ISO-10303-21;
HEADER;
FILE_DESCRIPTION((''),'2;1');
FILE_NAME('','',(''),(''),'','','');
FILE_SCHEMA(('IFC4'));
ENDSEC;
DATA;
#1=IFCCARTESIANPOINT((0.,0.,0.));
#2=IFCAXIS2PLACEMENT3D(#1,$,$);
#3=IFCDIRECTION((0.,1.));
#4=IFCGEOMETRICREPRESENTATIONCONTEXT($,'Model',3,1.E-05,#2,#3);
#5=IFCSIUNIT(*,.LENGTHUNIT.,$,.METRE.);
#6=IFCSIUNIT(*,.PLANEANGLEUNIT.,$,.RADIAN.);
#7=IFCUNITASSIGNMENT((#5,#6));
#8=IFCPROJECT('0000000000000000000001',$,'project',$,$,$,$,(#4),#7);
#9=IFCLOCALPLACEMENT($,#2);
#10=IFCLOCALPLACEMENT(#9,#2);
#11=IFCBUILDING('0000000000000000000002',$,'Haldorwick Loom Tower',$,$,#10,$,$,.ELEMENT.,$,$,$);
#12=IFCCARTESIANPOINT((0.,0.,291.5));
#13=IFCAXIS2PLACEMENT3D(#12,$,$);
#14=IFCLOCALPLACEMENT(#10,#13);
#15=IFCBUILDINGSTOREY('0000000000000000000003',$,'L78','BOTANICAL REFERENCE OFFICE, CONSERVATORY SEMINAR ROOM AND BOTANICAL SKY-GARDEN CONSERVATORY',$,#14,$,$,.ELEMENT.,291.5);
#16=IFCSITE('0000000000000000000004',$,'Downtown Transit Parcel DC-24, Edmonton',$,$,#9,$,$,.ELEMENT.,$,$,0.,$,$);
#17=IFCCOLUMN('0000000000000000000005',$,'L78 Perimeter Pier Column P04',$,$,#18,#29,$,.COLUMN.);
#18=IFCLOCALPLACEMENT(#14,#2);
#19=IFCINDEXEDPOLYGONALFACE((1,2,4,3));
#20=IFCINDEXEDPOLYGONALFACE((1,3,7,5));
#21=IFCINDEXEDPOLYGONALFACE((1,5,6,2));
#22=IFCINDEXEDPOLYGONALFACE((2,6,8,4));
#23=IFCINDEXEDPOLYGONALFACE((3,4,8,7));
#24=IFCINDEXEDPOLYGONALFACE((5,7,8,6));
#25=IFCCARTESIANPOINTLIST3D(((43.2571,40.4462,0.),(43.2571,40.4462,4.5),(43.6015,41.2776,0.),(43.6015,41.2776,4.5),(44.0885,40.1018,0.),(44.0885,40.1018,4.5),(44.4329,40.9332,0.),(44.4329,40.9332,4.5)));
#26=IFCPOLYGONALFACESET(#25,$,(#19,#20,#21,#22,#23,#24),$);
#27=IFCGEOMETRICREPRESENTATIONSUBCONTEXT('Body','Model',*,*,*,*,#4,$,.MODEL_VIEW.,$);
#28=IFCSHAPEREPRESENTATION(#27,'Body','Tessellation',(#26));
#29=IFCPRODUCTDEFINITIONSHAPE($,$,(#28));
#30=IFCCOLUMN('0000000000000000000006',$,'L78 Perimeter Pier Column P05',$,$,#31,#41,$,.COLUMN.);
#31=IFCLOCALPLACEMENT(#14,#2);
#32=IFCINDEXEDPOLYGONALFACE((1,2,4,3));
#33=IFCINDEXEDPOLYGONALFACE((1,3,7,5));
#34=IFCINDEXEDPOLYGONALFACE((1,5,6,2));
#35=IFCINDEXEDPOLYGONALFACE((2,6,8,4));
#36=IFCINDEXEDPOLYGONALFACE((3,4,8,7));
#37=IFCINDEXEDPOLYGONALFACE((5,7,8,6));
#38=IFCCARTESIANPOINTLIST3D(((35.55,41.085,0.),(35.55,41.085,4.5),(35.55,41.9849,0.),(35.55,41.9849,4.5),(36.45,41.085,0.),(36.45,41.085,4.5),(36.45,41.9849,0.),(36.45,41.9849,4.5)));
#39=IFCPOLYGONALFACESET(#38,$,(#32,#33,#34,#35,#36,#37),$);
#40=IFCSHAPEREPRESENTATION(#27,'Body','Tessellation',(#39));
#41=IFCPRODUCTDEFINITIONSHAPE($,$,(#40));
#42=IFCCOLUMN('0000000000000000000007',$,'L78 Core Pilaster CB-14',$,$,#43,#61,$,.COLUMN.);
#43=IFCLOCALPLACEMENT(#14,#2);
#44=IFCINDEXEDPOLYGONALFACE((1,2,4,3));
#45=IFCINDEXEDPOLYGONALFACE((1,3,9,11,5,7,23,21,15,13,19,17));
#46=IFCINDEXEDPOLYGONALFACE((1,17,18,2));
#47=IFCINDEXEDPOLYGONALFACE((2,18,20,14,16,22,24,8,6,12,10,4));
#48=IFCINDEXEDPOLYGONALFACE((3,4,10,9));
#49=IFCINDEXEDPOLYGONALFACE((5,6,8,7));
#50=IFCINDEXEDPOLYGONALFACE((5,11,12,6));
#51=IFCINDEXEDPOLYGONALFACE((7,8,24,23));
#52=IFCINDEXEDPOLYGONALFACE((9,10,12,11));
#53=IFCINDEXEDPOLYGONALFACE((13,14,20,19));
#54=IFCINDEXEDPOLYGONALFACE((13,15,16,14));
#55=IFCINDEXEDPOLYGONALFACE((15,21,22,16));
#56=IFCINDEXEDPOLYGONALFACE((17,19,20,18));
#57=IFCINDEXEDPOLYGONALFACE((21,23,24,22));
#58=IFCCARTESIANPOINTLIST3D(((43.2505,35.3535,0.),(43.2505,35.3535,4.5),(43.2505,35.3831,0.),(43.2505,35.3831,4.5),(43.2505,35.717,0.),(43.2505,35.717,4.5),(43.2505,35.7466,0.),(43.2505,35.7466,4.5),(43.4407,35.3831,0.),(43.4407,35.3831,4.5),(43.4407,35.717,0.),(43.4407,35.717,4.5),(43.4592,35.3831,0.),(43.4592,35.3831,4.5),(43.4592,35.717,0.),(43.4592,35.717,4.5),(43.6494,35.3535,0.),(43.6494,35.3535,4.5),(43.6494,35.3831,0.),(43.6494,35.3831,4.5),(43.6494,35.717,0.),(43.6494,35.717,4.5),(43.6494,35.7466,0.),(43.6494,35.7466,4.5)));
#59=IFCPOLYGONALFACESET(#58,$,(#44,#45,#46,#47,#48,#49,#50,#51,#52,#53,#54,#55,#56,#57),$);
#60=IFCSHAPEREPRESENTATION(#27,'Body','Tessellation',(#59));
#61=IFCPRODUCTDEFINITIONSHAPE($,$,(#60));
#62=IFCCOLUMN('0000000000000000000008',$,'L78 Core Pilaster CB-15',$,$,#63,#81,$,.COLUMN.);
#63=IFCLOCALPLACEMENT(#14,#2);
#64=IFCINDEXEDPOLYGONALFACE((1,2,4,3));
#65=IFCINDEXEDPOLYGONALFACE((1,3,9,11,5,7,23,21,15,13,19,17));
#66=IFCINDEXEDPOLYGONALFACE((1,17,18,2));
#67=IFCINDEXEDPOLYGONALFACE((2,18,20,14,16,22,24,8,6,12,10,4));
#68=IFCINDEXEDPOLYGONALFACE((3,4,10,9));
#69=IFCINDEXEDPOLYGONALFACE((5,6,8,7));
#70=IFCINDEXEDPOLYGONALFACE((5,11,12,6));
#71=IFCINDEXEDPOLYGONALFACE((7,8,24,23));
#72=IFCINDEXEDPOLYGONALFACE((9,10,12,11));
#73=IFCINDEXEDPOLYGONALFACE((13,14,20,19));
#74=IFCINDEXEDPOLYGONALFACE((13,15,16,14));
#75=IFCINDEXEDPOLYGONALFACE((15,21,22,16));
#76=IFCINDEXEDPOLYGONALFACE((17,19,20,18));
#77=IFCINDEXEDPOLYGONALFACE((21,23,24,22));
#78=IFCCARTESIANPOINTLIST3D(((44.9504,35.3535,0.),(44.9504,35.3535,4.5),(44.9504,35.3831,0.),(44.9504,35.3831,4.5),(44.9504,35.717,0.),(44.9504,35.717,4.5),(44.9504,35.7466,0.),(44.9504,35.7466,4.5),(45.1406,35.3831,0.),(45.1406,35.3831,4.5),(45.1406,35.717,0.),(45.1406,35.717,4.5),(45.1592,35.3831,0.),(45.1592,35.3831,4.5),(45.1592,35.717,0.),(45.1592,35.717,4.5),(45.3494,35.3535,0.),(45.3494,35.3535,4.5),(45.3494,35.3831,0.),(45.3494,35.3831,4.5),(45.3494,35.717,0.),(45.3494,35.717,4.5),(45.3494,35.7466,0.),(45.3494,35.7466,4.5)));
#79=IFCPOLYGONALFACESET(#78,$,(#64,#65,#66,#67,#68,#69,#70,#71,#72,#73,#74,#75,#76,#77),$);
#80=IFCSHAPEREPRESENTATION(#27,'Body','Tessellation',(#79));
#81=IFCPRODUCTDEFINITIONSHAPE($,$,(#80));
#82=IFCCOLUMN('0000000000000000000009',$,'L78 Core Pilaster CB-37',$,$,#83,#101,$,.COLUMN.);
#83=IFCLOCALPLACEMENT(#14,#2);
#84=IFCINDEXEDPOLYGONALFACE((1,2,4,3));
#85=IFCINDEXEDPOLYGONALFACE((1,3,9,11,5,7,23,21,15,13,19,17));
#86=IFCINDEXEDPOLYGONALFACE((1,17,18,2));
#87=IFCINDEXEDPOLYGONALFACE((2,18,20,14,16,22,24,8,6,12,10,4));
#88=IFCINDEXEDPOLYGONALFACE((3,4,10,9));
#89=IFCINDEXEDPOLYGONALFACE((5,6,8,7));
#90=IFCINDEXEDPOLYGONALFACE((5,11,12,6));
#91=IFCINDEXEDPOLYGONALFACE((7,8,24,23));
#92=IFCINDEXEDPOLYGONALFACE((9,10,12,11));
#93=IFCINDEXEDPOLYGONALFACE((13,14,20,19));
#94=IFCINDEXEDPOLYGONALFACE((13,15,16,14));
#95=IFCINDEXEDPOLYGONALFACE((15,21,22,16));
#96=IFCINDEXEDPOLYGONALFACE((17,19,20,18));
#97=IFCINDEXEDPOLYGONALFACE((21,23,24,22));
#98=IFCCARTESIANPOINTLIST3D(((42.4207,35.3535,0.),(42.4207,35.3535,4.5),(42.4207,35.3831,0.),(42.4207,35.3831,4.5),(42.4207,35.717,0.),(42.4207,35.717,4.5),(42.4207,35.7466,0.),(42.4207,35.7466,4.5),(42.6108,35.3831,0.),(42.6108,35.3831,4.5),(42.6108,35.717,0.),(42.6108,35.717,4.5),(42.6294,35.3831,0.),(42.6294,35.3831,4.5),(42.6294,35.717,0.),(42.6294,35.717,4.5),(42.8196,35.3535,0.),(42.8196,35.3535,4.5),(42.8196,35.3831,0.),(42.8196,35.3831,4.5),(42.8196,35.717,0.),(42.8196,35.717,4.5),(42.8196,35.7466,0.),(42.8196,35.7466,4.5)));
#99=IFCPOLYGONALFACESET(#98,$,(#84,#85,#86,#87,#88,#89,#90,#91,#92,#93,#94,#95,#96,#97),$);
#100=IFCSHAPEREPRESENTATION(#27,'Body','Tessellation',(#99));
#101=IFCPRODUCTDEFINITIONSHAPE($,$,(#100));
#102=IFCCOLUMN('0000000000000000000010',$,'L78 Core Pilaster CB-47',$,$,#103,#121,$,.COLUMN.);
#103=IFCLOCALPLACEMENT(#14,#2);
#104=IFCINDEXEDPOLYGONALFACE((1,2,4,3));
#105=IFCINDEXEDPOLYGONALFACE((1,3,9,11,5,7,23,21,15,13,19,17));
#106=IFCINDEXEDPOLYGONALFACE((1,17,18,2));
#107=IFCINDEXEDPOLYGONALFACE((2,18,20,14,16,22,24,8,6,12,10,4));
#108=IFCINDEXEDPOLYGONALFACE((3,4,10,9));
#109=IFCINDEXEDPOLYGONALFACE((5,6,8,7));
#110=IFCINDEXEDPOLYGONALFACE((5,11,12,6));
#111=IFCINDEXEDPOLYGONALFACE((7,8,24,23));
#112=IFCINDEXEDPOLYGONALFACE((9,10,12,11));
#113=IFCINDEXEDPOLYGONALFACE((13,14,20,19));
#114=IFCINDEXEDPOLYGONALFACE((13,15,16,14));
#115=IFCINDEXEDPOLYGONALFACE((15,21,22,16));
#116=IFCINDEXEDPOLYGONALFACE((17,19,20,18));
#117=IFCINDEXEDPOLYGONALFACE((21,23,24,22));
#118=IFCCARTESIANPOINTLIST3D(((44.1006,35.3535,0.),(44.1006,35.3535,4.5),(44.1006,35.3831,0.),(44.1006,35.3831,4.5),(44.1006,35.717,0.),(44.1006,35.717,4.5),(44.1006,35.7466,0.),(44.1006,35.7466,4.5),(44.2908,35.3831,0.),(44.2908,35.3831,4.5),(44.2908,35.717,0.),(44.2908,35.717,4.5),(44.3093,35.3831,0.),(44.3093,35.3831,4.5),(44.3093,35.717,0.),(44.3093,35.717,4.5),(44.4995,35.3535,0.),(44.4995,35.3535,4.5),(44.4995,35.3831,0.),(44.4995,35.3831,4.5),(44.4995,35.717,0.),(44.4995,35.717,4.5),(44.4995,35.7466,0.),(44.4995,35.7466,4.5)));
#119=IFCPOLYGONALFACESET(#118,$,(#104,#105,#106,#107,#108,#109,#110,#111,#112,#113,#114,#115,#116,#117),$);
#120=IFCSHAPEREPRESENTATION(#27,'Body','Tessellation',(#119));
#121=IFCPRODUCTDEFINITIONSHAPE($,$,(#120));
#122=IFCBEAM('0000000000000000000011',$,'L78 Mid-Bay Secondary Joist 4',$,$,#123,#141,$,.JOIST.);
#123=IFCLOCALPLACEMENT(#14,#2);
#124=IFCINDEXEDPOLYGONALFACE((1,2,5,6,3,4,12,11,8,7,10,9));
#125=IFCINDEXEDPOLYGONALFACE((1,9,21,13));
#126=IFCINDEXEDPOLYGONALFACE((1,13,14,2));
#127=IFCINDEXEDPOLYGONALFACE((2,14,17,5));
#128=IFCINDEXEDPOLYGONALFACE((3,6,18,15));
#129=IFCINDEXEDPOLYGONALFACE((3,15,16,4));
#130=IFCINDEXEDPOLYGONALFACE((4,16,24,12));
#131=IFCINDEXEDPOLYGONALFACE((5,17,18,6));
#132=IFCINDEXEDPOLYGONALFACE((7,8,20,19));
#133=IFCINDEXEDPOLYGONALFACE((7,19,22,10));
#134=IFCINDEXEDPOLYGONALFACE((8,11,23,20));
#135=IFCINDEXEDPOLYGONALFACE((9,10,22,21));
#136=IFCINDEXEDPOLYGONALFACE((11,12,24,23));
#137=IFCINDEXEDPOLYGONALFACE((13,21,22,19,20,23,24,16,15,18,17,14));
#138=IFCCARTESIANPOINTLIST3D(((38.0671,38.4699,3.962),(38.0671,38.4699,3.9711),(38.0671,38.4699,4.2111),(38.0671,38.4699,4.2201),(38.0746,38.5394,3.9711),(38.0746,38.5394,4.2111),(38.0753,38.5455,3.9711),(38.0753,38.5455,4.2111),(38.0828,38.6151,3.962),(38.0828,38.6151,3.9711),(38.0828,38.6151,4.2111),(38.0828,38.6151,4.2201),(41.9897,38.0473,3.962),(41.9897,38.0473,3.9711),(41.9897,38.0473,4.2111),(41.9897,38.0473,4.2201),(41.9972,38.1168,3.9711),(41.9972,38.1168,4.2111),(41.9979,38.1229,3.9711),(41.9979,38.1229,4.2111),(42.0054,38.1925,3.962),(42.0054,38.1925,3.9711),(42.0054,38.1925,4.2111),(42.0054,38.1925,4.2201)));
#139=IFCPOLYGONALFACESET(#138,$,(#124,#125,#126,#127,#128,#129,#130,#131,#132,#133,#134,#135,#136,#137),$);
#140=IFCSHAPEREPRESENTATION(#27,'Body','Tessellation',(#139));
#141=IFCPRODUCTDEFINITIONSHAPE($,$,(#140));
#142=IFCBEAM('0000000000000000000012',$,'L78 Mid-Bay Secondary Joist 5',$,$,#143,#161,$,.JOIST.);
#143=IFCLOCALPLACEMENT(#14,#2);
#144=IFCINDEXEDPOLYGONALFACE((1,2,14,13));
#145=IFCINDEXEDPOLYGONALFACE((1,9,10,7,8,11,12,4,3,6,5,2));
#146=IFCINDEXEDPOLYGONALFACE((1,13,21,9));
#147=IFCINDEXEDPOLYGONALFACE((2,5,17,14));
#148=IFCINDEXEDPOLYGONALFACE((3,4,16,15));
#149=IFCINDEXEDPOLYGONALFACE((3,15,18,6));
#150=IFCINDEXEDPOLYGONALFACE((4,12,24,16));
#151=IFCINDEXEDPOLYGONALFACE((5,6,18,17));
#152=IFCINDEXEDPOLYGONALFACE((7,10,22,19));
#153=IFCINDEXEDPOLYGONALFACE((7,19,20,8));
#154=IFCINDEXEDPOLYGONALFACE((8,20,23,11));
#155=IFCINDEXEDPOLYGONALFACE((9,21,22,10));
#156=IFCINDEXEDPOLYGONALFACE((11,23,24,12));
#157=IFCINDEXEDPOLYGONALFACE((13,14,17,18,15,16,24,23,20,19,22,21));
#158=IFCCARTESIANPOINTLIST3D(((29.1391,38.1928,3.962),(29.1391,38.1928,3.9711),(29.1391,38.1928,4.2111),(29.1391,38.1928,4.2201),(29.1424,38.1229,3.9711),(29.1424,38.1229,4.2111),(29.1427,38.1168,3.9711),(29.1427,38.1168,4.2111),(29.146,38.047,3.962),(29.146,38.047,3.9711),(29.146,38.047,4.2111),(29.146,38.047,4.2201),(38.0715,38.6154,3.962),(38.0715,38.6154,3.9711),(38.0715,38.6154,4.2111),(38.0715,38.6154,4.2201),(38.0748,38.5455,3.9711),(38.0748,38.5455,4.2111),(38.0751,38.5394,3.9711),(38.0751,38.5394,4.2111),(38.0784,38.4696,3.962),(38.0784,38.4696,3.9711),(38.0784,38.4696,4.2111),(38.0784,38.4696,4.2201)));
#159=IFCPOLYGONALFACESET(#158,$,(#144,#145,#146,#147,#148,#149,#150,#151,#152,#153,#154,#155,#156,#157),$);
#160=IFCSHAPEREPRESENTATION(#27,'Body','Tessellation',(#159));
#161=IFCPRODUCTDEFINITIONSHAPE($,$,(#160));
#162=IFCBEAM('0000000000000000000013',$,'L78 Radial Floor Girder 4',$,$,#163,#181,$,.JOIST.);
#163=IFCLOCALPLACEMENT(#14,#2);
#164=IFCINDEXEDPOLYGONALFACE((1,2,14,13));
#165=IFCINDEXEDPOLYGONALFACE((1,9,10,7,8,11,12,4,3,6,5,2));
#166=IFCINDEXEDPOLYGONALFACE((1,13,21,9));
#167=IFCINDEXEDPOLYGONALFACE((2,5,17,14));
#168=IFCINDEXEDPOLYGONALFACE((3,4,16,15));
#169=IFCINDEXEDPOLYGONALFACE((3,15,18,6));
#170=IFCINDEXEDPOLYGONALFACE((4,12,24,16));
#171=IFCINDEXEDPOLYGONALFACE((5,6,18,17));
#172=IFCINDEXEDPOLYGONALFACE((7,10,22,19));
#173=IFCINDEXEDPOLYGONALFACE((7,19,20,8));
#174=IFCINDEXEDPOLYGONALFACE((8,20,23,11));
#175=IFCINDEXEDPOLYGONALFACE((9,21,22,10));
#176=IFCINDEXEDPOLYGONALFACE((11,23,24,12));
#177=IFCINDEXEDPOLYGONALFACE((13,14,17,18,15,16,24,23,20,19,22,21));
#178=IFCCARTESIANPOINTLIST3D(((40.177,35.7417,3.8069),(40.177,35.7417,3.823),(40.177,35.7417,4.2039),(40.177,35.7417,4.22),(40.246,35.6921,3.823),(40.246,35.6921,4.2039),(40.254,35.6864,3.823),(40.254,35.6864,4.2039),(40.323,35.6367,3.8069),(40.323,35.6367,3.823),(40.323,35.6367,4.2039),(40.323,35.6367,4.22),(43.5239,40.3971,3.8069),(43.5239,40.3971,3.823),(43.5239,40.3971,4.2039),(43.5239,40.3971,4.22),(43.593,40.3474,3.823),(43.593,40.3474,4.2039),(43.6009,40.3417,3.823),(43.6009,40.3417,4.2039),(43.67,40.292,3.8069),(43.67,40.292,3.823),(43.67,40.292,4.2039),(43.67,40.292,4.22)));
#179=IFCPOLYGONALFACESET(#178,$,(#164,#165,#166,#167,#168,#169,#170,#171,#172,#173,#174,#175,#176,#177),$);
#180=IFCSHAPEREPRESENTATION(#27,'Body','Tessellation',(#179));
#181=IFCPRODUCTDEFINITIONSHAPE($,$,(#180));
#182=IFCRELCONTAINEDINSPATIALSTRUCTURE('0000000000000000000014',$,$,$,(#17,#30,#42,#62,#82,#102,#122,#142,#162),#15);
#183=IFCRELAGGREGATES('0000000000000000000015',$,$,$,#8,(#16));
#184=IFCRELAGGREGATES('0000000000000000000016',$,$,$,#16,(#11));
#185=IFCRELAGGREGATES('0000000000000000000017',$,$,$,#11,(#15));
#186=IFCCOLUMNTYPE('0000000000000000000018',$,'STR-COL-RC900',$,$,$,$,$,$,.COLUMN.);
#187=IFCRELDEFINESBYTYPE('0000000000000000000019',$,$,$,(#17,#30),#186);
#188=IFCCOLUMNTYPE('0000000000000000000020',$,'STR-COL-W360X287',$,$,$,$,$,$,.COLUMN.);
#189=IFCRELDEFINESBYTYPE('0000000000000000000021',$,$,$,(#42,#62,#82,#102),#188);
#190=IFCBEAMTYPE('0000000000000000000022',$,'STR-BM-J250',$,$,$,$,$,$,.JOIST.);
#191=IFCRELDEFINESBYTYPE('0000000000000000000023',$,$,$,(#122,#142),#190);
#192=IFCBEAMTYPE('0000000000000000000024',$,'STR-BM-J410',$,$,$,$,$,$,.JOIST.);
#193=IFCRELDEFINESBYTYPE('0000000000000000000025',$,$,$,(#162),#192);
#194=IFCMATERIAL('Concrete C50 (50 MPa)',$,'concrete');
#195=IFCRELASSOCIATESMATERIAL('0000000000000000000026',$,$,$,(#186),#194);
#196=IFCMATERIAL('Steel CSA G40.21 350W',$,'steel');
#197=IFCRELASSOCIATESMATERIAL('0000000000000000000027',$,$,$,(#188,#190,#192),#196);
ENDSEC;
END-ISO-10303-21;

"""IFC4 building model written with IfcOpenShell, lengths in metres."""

from ifc_helpers import new_model, si_unit, direction, frame, origin, origin_2d, place, context, subcontext, project, spatial, rectangle, i_section, extrude, material, material_profile, profile_set, type_object, element, save


model = new_model("IFC4")

# Units and contexts
model_context = context("Model", 3, precision=1e-05, world=origin(), true_north=direction((0.0, 1.0)))
body_context = subcontext(model_context, "Body", "Model", "MODEL_VIEW")
ifc_project = project(units=[si_unit("LENGTHUNIT", "METRE"), si_unit("PLANEANGLEUNIT", "RADIAN")], contexts=[model_context])

# Site, building, storey
site_placement = place(None, origin())
site = spatial("IfcSite", under=ifc_project, at=site_placement, Name="Downtown Transit Parcel DC-24, Edmonton", CompositionType="ELEMENT", RefElevation=0.0)
building_placement = place(site_placement, origin())
building = spatial("IfcBuilding", under=site, at=building_placement, Name="Haldorwick Loom Tower", CompositionType="ELEMENT")
storey_placement = place(building_placement, frame((0.0, 0.0, 291.5)))
storey = spatial("IfcBuildingStorey", under=building, at=storey_placement, Name="L78", Description="BOTANICAL REFERENCE OFFICE, CONSERVATORY SEMINAR ROOM AND BOTANICAL SKY-GARDEN CONSERVATORY", CompositionType="ELEMENT", Elevation=291.5)

# Columns
ifc_material_1 = material(Name="Concrete C50 (50 MPa)", Category="concrete")
ifc_material_profile_1 = material_profile(ifc_material_1, rectangle(XDim=0.8999, YDim=0.8999, at=origin_2d()), Name="RC900X900", Category="concrete")
ifc_profile_set_1 = profile_set([ifc_material_profile_1], Name="Concrete C50 (50 MPa)")
column_type_1 = type_object("IfcColumnType", Name="STR-COL-RC900", PredefinedType="COLUMN", material=ifc_profile_set_1)
for number, where, z_axis, x_axis, name in (
    (1, (43.845, 40.6897, 0.0), (0.0, 0.0, 1.0), (0.382683, 0.92388, 0.0), "L78 Perimeter Pier Column P04"),
    (2, (36.0, 41.5349, 0.0), (0.0, 0.0, 1.0), (0.0, 1.0, 0.0), "L78 Perimeter Pier Column P05"),
):
    element("IfcColumn", number, at=place(storey_placement, frame(where, z_axis=z_axis, x_axis=x_axis)), inside=storey, type_object=column_type_1, Name=name, PredefinedType="COLUMN", context=body_context, shape_type="SweptSolid", body=[
        extrude(rectangle(XDim=0.8999, YDim=0.8999, at=origin_2d()), origin(), (0.0, 0.0, 1.0), 4.5),
    ])
ifc_material_2 = material(Name="Steel CSA G40.21 350W", Category="steel")
ifc_material_profile_2 = material_profile(ifc_material_2, i_section(OverallWidth=0.3989, OverallDepth=0.3931, WebThickness=0.0186, FlangeThickness=0.0295, at=origin_2d()), Name="W360X287", Category="steel")
ifc_profile_set_2 = profile_set([ifc_material_profile_2], Name="Steel CSA G40.21 350W")
column_type_2 = type_object("IfcColumnType", Name="STR-COL-W360X287", PredefinedType="COLUMN", material=ifc_profile_set_2)
for number, where, z_axis, x_axis, name in (
    (3, (43.45, 35.55, 0.0), (0.0, 0.0, 1.0), (1.0, 0.0, 0.0), "L78 Core Pilaster CB-14"),
    (4, (45.1499, 35.55, 0.0), (0.0, 0.0, 1.0), (1.0, 0.0, 0.0), "L78 Core Pilaster CB-15"),
    (5, (42.6201, 35.55, 0.0), (0.0, 0.0, 1.0), (1.0, 0.0, 0.0), "L78 Core Pilaster CB-37"),
    (6, (44.3, 35.55, 0.0), (0.0, 0.0, 1.0), (1.0, 0.0, 0.0), "L78 Core Pilaster CB-47"),
):
    element("IfcColumn", number, at=place(storey_placement, frame(where, z_axis=z_axis, x_axis=x_axis)), inside=storey, type_object=column_type_2, Name=name, PredefinedType="COLUMN", context=body_context, shape_type="SweptSolid", body=[
        extrude(i_section(OverallWidth=0.3989, OverallDepth=0.3931, WebThickness=0.0186, FlangeThickness=0.0295, at=origin_2d()), origin(), (0.0, 0.0, 1.0), 4.5),
    ])

# Beams
ifc_material_profile_3 = material_profile(ifc_material_2, i_section(OverallWidth=0.146, OverallDepth=0.2581, WebThickness=0.0061, FlangeThickness=0.009, at=origin_2d()), Name="W250X33", Category="steel")
ifc_profile_set_3 = profile_set([ifc_material_profile_3], Name="Steel CSA G40.21 350W")
beam_type_1 = type_object("IfcBeamType", Name="STR-BM-J250", PredefinedType="JOIST", material=ifc_profile_set_3)
beam_1_placement = place(storey_placement, frame((41.9976, 38.1199, 4.0911), z_axis=(-0.994246, 0.107116, 0.0), x_axis=(-0.107116, -0.994246, 0.0)))
element("IfcBeam", 7, at=beam_1_placement, inside=storey, type_object=beam_type_1, Name="L78 Mid-Bay Secondary Joist 4", PredefinedType="JOIST", context=body_context, shape_type="SweptSolid", body=[
    extrude(i_section(OverallWidth=0.146, OverallDepth=0.2581, WebThickness=0.0061, FlangeThickness=0.009, at=origin_2d()), origin(), (0.0, 0.0, 1.0), 3.9453),
])
beam_2_placement = place(storey_placement, frame((38.075, 38.5425, 4.0911), z_axis=(-0.998883, -0.047259, 0.0), x_axis=(0.047259, -0.998883, 0.0)))
element("IfcBeam", 8, at=beam_2_placement, inside=storey, type_object=beam_type_1, Name="L78 Mid-Bay Secondary Joist 5", PredefinedType="JOIST", context=body_context, shape_type="SweptSolid", body=[
    extrude(i_section(OverallWidth=0.146, OverallDepth=0.2581, WebThickness=0.0061, FlangeThickness=0.009, at=origin_2d()), origin(), (0.0, 0.0, 1.0), 8.9424),
])
ifc_material_profile_4 = material_profile(ifc_material_2, i_section(OverallWidth=0.1799, OverallDepth=0.4131, WebThickness=0.0098, FlangeThickness=0.0161, at=origin_2d()), Name="W410X74", Category="steel")
ifc_profile_set_4 = profile_set([ifc_material_profile_4], Name="Steel CSA G40.21 350W")
beam_type_2 = type_object("IfcBeamType", Name="STR-BM-J410", PredefinedType="JOIST", material=ifc_profile_set_4)
beam_3_placement = place(storey_placement, frame((40.25, 35.6892, 4.0134), z_axis=(0.583745, 0.811937, 0.0), x_axis=(-0.811937, 0.583745, 0.0)))
element("IfcBeam", 9, at=beam_3_placement, inside=storey, type_object=beam_type_2, Name="L78 Radial Floor Girder 4", PredefinedType="JOIST", context=body_context, shape_type="SweptSolid", body=[
    extrude(i_section(OverallWidth=0.1799, OverallDepth=0.4131, WebThickness=0.0098, FlangeThickness=0.0161, at=origin_2d()), origin(), (0.0, 0.0, 1.0), 5.7336),
])

save(model, "model.ifc")
